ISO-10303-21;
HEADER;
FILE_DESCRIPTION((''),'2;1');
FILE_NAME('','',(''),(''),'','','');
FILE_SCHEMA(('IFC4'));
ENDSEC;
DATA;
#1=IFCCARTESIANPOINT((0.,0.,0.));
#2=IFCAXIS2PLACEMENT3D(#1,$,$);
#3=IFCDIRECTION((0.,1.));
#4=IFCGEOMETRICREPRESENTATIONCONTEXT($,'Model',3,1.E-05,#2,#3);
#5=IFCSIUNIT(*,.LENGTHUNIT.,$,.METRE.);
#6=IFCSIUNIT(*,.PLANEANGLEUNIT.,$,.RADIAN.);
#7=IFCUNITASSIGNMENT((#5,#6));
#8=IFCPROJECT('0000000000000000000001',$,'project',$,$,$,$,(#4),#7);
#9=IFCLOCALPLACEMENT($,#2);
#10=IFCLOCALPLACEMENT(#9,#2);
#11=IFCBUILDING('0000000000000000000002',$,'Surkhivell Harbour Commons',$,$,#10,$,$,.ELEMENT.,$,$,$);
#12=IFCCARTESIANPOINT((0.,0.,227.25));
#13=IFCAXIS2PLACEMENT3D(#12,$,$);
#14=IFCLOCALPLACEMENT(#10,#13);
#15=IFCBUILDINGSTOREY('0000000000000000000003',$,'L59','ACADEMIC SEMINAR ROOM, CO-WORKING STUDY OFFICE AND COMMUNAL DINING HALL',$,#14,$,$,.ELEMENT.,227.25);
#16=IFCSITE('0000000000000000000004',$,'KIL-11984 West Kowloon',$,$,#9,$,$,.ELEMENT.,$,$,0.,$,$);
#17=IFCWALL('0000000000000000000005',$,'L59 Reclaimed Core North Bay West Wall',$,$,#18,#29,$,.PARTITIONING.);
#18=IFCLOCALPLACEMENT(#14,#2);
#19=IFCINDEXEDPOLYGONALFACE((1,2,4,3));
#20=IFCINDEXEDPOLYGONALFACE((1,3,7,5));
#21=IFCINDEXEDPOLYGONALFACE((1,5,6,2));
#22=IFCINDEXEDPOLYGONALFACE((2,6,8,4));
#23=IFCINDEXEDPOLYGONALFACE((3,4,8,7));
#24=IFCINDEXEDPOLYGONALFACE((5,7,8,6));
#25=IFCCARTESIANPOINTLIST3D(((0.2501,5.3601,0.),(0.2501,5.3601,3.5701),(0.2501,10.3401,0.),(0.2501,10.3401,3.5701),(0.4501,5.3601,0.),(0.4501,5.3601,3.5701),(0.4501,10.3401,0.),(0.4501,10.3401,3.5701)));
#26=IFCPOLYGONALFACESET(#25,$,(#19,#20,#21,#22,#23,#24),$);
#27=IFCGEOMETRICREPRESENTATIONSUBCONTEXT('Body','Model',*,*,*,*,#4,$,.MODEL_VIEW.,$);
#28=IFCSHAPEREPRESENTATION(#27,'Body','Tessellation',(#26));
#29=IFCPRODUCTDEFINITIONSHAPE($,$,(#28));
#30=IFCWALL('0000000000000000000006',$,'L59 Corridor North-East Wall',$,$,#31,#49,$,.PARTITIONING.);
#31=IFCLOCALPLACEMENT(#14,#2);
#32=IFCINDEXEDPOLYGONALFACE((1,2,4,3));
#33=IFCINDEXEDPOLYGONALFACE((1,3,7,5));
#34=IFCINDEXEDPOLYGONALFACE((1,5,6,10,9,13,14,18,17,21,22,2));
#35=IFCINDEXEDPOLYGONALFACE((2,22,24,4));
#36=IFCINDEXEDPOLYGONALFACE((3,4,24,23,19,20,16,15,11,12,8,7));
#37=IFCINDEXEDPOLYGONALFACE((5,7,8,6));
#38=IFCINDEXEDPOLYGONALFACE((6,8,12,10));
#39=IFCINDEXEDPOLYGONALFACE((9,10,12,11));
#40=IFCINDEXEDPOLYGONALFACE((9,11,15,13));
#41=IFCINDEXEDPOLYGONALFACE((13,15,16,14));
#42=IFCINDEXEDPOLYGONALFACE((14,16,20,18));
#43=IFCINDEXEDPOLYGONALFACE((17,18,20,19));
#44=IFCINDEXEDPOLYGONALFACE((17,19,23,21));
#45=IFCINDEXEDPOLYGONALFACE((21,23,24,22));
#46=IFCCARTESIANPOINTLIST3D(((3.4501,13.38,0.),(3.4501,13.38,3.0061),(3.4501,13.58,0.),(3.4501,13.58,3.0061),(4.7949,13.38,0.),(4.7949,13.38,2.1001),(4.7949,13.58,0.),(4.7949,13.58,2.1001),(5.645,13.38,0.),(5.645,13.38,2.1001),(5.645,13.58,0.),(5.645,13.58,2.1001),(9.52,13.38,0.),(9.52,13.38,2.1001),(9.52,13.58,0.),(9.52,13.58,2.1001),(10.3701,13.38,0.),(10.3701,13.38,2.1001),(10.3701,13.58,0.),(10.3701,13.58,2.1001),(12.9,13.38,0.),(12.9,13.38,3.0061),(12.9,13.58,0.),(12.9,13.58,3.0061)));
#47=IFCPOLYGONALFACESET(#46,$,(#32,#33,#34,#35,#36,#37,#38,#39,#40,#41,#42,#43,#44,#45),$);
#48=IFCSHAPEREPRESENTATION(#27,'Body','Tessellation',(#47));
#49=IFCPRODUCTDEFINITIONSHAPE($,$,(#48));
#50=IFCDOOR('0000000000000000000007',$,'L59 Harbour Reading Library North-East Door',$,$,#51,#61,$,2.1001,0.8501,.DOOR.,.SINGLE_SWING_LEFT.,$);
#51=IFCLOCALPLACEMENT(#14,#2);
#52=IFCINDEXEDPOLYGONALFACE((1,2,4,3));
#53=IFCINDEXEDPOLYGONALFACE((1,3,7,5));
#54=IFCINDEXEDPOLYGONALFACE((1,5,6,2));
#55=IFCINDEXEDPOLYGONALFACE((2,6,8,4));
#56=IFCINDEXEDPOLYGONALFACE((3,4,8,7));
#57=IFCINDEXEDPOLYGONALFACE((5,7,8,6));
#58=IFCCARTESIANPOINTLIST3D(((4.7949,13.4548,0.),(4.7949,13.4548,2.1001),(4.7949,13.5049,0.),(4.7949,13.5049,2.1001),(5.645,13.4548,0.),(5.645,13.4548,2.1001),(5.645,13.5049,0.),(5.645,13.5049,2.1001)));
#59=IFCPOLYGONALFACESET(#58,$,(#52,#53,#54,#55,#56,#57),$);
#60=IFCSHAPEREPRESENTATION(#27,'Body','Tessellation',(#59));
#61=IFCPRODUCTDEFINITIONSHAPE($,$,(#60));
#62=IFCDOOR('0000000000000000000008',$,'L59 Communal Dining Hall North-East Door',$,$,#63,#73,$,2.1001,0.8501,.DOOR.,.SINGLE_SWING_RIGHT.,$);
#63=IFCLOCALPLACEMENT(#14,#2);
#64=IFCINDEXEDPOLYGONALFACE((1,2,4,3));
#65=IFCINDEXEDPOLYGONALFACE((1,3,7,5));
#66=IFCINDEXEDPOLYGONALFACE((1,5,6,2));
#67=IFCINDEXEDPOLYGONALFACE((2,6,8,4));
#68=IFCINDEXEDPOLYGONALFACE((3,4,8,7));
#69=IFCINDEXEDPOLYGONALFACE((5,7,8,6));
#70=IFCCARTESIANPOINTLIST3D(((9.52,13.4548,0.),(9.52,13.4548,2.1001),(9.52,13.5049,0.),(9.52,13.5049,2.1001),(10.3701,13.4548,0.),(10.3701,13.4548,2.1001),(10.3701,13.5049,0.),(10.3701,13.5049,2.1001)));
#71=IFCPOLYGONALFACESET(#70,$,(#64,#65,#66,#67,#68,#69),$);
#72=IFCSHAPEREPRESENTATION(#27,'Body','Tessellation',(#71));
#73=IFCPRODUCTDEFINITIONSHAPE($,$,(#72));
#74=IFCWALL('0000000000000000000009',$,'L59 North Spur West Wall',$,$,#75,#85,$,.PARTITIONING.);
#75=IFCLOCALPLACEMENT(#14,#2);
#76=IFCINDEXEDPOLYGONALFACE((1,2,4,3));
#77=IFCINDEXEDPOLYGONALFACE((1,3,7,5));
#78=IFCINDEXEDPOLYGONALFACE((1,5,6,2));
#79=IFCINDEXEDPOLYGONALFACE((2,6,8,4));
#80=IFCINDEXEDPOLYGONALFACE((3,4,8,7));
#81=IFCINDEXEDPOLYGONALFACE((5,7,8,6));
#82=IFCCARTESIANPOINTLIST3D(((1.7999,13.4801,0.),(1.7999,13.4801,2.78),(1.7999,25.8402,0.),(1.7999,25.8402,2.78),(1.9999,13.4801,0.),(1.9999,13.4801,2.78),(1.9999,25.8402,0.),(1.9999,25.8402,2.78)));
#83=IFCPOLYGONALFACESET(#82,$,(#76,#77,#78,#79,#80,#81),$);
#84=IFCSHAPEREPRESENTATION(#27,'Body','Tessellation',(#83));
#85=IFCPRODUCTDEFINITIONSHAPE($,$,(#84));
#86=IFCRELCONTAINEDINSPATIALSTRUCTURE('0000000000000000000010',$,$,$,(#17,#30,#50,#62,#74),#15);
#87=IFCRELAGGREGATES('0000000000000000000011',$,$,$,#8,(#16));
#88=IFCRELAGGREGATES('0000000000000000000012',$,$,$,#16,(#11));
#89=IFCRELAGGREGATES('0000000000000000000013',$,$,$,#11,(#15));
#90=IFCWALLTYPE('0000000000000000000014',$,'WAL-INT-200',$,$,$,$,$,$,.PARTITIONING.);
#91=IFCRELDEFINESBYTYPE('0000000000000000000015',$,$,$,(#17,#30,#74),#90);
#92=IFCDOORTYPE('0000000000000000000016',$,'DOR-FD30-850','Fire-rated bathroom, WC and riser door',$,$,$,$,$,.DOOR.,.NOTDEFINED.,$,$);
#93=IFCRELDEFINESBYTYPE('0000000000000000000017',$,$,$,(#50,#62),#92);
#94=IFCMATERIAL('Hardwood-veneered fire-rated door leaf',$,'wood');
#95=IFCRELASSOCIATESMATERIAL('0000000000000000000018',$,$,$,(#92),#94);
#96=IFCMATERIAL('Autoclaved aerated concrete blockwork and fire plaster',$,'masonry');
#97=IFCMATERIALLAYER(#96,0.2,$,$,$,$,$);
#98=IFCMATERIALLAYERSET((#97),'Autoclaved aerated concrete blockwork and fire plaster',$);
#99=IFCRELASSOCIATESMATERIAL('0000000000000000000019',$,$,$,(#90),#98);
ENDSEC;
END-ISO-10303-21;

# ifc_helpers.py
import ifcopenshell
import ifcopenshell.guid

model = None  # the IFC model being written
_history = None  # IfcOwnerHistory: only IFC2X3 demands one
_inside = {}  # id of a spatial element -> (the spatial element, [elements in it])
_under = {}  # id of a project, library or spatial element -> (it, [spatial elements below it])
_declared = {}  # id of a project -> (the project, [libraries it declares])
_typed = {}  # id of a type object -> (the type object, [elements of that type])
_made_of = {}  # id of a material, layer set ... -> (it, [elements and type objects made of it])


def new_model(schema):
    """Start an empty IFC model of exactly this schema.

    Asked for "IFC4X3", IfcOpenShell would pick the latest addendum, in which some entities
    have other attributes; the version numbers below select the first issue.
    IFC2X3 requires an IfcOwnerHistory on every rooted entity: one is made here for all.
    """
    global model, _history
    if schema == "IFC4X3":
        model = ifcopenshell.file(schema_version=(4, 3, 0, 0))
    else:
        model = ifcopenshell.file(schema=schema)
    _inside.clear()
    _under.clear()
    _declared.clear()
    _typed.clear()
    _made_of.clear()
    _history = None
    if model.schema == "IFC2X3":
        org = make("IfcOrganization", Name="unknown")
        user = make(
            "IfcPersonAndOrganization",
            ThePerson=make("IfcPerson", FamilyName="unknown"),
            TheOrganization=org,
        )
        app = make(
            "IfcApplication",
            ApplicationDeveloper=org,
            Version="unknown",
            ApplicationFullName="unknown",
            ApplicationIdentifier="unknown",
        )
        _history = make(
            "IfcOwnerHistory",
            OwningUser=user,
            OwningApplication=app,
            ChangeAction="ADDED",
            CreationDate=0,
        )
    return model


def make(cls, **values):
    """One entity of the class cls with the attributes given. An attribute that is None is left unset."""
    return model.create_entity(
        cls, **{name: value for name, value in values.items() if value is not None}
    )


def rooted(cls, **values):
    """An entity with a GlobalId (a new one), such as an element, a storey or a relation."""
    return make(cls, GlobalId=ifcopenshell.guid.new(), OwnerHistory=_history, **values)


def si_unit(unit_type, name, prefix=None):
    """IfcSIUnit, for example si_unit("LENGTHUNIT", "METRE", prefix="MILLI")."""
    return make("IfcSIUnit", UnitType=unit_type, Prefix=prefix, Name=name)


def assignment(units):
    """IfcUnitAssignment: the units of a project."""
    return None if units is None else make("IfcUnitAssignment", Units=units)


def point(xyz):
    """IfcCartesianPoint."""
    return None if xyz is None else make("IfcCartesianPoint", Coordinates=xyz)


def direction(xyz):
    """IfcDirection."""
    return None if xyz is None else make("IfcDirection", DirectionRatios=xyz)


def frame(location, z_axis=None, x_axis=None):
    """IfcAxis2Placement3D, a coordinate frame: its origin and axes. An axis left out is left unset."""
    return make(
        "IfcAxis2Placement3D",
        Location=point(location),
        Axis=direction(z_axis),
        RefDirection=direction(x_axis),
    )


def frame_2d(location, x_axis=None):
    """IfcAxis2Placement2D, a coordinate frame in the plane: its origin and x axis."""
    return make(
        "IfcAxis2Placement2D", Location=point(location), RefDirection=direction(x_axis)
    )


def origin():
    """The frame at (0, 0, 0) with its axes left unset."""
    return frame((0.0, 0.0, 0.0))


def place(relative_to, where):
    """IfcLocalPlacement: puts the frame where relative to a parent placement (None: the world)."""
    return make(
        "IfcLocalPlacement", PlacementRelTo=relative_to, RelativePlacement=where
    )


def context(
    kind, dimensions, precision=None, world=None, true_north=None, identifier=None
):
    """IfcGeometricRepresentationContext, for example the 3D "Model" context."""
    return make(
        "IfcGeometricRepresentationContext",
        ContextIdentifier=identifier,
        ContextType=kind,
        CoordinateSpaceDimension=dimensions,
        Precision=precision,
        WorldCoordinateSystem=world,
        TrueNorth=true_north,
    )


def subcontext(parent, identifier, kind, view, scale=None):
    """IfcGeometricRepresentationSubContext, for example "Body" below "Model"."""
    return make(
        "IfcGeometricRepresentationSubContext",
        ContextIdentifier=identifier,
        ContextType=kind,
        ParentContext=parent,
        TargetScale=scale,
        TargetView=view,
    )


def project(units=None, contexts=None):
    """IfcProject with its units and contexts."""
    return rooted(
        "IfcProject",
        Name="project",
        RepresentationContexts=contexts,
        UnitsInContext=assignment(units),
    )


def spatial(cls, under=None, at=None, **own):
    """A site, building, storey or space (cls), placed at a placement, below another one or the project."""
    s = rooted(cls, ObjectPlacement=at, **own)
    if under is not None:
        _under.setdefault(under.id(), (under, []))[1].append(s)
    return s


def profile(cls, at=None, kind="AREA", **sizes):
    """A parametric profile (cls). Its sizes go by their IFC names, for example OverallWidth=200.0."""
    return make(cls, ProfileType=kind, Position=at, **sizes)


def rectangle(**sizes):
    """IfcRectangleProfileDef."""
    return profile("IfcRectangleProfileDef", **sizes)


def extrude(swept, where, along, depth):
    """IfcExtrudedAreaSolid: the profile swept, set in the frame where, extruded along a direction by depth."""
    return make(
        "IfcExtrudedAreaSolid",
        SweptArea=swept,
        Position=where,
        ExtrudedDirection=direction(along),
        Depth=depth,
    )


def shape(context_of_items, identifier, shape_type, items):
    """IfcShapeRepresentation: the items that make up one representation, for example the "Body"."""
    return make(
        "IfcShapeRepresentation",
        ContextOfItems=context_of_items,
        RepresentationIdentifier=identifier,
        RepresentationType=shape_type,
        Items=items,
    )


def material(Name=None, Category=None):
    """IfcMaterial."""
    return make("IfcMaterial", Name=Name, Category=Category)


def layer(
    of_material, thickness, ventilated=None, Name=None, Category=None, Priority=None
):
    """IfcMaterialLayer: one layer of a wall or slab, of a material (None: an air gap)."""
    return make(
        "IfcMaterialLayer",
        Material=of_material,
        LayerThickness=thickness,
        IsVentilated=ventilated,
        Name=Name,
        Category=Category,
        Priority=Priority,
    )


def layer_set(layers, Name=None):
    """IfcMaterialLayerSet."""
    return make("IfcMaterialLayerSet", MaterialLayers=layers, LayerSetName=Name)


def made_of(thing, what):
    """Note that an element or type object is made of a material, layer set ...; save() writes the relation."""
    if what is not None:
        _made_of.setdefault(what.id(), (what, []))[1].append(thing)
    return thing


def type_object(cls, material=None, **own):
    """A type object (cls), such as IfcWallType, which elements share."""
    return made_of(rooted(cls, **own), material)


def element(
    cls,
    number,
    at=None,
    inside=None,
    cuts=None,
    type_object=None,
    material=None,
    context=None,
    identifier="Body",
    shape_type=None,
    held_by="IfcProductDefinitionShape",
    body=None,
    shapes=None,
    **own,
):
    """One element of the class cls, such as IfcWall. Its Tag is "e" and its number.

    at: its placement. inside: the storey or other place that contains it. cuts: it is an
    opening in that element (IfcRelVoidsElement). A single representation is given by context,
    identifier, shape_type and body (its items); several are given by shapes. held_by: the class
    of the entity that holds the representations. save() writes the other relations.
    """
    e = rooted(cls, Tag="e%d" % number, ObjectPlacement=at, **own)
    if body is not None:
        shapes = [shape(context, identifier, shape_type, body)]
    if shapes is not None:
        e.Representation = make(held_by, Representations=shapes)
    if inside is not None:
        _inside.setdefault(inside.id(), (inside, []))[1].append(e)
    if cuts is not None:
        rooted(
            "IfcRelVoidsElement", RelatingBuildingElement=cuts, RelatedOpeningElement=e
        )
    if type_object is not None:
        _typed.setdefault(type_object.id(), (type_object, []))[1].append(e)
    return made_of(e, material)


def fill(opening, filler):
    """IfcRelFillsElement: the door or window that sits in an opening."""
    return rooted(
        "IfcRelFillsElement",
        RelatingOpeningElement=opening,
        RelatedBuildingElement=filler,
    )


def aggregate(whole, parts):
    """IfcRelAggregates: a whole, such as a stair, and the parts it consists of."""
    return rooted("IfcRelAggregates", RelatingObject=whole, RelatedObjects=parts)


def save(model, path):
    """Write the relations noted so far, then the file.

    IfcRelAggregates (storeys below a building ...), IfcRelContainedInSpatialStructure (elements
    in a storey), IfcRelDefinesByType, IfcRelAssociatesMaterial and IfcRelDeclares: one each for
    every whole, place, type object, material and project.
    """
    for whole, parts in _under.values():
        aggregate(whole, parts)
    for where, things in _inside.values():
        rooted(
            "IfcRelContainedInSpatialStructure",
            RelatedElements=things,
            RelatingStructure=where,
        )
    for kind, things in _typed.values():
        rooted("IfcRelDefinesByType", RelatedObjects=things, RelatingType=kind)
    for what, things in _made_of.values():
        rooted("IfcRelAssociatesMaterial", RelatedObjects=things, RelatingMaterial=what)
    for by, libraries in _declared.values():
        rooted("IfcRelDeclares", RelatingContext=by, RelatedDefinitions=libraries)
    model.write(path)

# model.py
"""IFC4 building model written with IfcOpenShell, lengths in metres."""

from ifc_helpers import new_model, si_unit, direction, frame, frame_2d, origin, place, context, subcontext, project, spatial, rectangle, extrude, material, layer, layer_set, type_object, element, fill, save


model = new_model("IFC4")

# Units and contexts
model_context = context("Model", 3, precision=1e-05, world=origin(), true_north=direction((0.0, 1.0)))
body_context = subcontext(model_context, "Body", "Model", "MODEL_VIEW")
ifc_project = project(units=[si_unit("LENGTHUNIT", "METRE"), si_unit("PLANEANGLEUNIT", "RADIAN")], contexts=[model_context])

# Site, building, storey
site_placement = place(None, origin())
site = spatial("IfcSite", under=ifc_project, at=site_placement, Name="KIL-11984 West Kowloon", CompositionType="ELEMENT", RefElevation=0.0)
building_placement = place(site_placement, origin())
building = spatial("IfcBuilding", under=site, at=building_placement, Name="Surkhivell Harbour Commons", CompositionType="ELEMENT")
storey_placement = place(building_placement, frame((0.0, 0.0, 227.25)))
storey = spatial("IfcBuildingStorey", under=building, at=storey_placement, Name="L59", Description="ACADEMIC SEMINAR ROOM, CO-WORKING STUDY OFFICE AND COMMUNAL DINING HALL", CompositionType="ELEMENT", Elevation=227.25)

# Shared definitions
ifc_material_1 = material(Name="Hardwood-veneered fire-rated door leaf", Category="wood")
door_type_1 = type_object("IfcDoorType", Name="DOR-FD30-850", Description="Fire-rated bathroom, WC and riser door", OperationType="NOTDEFINED", PredefinedType="DOOR", material=ifc_material_1)

# Shared definitions
ifc_material_2 = material(Name="Autoclaved aerated concrete blockwork and fire plaster", Category="masonry")
ifc_layer_1 = layer(ifc_material_2, 0.2)
ifc_layer_set_1 = layer_set([ifc_layer_1], Name="Autoclaved aerated concrete blockwork and fire plaster")
wall_type_1 = type_object("IfcWallType", Name="WAL-INT-200", PredefinedType="PARTITIONING", material=ifc_layer_set_1)

# Wall
wall_1_placement = place(storey_placement, frame((0.3501, 5.3601, 0.0), z_axis=(0.0, 0.0, 1.0), x_axis=(0.0, 1.0, 0.0)))
element("IfcWall", 1, at=wall_1_placement, inside=storey, type_object=wall_type_1, Name="L59 Reclaimed Core North Bay West Wall", PredefinedType="PARTITIONING", context=body_context, shape_type="SweptSolid", body=[
    extrude(rectangle(XDim=4.98, YDim=0.2, at=frame_2d((2.49, 0.0))), origin(), (0.0, 0.0, 1.0), 3.5701),
])

# Wall, openings, doors
wall_2_placement = place(storey_placement, frame((3.45, 13.48, 0.0), z_axis=(0.0, 0.0, 1.0), x_axis=(1.0, 0.0, 0.0)))
wall_2 = element("IfcWall", 2, at=wall_2_placement, inside=storey, type_object=wall_type_1, Name="L59 Corridor North-East Wall", PredefinedType="PARTITIONING", context=body_context, shape_type="SweptSolid", body=[
    extrude(rectangle(XDim=9.45, YDim=0.2, at=frame_2d((4.7251, 0.0))), origin(), (0.0, 0.0, 1.0), 3.0061),
])
opening_1_placement = place(wall_2_placement, frame((1.345, 0.0, 0.0)))
opening_1 = element("IfcOpeningElement", 3, at=opening_1_placement, cuts=wall_2, PredefinedType="OPENING", context=body_context, shape_type="SweptSolid", body=[
    extrude(rectangle(XDim=0.8501, YDim=2.1001, at=frame_2d((0.425, 1.05))), frame((0.0, 0.1099, 0.0), z_axis=(0.0, -1.0, 0.0), x_axis=(1.0, 0.0, 0.0)), (0.0, 0.0, 1.0), 0.22),
])
opening_2_placement = place(wall_2_placement, frame((6.0701, 0.0, 0.0)))
opening_2 = element("IfcOpeningElement", 4, at=opening_2_placement, cuts=wall_2, PredefinedType="OPENING", context=body_context, shape_type="SweptSolid", body=[
    extrude(rectangle(XDim=0.8501, YDim=2.1001, at=frame_2d((0.425, 1.05))), frame((0.0, 0.1099, 0.0), z_axis=(0.0, -1.0, 0.0), x_axis=(1.0, 0.0, 0.0)), (0.0, 0.0, 1.0), 0.22),
])
door_1_placement = place(opening_1_placement, origin())
door_1 = element("IfcDoor", 5, at=door_1_placement, inside=storey, type_object=door_type_1, Name="L59 Harbour Reading Library North-East Door", OperationType="SINGLE_SWING_LEFT", OverallHeight=2.1001, OverallWidth=0.8501, PredefinedType="DOOR", context=body_context, shape_type="SweptSolid", body=[
    extrude(rectangle(XDim=0.8501, YDim=2.1001, at=frame_2d((0.425, 1.05))), frame((0.0, 0.0249, 0.0), z_axis=(0.0, -1.0, 0.0), x_axis=(1.0, 0.0, 0.0)), (0.0, 0.0, 1.0), 0.05),
])
fill(opening_1, door_1)
door_2_placement = place(opening_2_placement, origin())
door_2 = element("IfcDoor", 6, at=door_2_placement, inside=storey, type_object=door_type_1, Name="L59 Communal Dining Hall North-East Door", OperationType="SINGLE_SWING_RIGHT", OverallHeight=2.1001, OverallWidth=0.8501, PredefinedType="DOOR", context=body_context, shape_type="SweptSolid", body=[
    extrude(rectangle(XDim=0.8501, YDim=2.1001, at=frame_2d((0.425, 1.05))), frame((0.0, 0.0249, 0.0), z_axis=(0.0, -1.0, 0.0), x_axis=(1.0, 0.0, 0.0)), (0.0, 0.0, 1.0), 0.05),
])
fill(opening_2, door_2)

# Wall
wall_3_placement = place(storey_placement, frame((1.8999, 13.48, 0.0), z_axis=(0.0, 0.0, 1.0), x_axis=(0.0, 1.0, 0.0)))
element("IfcWall", 7, at=wall_3_placement, inside=storey, type_object=wall_type_1, Name="L59 North Spur West Wall", PredefinedType="PARTITIONING", context=body_context, shape_type="SweptSolid", body=[
    extrude(rectangle(XDim=12.3601, YDim=0.2, at=frame_2d((6.1802, 0.0))), origin(), (0.0, 0.0, 1.0), 2.78),
])

save(model, "model.ifc")
